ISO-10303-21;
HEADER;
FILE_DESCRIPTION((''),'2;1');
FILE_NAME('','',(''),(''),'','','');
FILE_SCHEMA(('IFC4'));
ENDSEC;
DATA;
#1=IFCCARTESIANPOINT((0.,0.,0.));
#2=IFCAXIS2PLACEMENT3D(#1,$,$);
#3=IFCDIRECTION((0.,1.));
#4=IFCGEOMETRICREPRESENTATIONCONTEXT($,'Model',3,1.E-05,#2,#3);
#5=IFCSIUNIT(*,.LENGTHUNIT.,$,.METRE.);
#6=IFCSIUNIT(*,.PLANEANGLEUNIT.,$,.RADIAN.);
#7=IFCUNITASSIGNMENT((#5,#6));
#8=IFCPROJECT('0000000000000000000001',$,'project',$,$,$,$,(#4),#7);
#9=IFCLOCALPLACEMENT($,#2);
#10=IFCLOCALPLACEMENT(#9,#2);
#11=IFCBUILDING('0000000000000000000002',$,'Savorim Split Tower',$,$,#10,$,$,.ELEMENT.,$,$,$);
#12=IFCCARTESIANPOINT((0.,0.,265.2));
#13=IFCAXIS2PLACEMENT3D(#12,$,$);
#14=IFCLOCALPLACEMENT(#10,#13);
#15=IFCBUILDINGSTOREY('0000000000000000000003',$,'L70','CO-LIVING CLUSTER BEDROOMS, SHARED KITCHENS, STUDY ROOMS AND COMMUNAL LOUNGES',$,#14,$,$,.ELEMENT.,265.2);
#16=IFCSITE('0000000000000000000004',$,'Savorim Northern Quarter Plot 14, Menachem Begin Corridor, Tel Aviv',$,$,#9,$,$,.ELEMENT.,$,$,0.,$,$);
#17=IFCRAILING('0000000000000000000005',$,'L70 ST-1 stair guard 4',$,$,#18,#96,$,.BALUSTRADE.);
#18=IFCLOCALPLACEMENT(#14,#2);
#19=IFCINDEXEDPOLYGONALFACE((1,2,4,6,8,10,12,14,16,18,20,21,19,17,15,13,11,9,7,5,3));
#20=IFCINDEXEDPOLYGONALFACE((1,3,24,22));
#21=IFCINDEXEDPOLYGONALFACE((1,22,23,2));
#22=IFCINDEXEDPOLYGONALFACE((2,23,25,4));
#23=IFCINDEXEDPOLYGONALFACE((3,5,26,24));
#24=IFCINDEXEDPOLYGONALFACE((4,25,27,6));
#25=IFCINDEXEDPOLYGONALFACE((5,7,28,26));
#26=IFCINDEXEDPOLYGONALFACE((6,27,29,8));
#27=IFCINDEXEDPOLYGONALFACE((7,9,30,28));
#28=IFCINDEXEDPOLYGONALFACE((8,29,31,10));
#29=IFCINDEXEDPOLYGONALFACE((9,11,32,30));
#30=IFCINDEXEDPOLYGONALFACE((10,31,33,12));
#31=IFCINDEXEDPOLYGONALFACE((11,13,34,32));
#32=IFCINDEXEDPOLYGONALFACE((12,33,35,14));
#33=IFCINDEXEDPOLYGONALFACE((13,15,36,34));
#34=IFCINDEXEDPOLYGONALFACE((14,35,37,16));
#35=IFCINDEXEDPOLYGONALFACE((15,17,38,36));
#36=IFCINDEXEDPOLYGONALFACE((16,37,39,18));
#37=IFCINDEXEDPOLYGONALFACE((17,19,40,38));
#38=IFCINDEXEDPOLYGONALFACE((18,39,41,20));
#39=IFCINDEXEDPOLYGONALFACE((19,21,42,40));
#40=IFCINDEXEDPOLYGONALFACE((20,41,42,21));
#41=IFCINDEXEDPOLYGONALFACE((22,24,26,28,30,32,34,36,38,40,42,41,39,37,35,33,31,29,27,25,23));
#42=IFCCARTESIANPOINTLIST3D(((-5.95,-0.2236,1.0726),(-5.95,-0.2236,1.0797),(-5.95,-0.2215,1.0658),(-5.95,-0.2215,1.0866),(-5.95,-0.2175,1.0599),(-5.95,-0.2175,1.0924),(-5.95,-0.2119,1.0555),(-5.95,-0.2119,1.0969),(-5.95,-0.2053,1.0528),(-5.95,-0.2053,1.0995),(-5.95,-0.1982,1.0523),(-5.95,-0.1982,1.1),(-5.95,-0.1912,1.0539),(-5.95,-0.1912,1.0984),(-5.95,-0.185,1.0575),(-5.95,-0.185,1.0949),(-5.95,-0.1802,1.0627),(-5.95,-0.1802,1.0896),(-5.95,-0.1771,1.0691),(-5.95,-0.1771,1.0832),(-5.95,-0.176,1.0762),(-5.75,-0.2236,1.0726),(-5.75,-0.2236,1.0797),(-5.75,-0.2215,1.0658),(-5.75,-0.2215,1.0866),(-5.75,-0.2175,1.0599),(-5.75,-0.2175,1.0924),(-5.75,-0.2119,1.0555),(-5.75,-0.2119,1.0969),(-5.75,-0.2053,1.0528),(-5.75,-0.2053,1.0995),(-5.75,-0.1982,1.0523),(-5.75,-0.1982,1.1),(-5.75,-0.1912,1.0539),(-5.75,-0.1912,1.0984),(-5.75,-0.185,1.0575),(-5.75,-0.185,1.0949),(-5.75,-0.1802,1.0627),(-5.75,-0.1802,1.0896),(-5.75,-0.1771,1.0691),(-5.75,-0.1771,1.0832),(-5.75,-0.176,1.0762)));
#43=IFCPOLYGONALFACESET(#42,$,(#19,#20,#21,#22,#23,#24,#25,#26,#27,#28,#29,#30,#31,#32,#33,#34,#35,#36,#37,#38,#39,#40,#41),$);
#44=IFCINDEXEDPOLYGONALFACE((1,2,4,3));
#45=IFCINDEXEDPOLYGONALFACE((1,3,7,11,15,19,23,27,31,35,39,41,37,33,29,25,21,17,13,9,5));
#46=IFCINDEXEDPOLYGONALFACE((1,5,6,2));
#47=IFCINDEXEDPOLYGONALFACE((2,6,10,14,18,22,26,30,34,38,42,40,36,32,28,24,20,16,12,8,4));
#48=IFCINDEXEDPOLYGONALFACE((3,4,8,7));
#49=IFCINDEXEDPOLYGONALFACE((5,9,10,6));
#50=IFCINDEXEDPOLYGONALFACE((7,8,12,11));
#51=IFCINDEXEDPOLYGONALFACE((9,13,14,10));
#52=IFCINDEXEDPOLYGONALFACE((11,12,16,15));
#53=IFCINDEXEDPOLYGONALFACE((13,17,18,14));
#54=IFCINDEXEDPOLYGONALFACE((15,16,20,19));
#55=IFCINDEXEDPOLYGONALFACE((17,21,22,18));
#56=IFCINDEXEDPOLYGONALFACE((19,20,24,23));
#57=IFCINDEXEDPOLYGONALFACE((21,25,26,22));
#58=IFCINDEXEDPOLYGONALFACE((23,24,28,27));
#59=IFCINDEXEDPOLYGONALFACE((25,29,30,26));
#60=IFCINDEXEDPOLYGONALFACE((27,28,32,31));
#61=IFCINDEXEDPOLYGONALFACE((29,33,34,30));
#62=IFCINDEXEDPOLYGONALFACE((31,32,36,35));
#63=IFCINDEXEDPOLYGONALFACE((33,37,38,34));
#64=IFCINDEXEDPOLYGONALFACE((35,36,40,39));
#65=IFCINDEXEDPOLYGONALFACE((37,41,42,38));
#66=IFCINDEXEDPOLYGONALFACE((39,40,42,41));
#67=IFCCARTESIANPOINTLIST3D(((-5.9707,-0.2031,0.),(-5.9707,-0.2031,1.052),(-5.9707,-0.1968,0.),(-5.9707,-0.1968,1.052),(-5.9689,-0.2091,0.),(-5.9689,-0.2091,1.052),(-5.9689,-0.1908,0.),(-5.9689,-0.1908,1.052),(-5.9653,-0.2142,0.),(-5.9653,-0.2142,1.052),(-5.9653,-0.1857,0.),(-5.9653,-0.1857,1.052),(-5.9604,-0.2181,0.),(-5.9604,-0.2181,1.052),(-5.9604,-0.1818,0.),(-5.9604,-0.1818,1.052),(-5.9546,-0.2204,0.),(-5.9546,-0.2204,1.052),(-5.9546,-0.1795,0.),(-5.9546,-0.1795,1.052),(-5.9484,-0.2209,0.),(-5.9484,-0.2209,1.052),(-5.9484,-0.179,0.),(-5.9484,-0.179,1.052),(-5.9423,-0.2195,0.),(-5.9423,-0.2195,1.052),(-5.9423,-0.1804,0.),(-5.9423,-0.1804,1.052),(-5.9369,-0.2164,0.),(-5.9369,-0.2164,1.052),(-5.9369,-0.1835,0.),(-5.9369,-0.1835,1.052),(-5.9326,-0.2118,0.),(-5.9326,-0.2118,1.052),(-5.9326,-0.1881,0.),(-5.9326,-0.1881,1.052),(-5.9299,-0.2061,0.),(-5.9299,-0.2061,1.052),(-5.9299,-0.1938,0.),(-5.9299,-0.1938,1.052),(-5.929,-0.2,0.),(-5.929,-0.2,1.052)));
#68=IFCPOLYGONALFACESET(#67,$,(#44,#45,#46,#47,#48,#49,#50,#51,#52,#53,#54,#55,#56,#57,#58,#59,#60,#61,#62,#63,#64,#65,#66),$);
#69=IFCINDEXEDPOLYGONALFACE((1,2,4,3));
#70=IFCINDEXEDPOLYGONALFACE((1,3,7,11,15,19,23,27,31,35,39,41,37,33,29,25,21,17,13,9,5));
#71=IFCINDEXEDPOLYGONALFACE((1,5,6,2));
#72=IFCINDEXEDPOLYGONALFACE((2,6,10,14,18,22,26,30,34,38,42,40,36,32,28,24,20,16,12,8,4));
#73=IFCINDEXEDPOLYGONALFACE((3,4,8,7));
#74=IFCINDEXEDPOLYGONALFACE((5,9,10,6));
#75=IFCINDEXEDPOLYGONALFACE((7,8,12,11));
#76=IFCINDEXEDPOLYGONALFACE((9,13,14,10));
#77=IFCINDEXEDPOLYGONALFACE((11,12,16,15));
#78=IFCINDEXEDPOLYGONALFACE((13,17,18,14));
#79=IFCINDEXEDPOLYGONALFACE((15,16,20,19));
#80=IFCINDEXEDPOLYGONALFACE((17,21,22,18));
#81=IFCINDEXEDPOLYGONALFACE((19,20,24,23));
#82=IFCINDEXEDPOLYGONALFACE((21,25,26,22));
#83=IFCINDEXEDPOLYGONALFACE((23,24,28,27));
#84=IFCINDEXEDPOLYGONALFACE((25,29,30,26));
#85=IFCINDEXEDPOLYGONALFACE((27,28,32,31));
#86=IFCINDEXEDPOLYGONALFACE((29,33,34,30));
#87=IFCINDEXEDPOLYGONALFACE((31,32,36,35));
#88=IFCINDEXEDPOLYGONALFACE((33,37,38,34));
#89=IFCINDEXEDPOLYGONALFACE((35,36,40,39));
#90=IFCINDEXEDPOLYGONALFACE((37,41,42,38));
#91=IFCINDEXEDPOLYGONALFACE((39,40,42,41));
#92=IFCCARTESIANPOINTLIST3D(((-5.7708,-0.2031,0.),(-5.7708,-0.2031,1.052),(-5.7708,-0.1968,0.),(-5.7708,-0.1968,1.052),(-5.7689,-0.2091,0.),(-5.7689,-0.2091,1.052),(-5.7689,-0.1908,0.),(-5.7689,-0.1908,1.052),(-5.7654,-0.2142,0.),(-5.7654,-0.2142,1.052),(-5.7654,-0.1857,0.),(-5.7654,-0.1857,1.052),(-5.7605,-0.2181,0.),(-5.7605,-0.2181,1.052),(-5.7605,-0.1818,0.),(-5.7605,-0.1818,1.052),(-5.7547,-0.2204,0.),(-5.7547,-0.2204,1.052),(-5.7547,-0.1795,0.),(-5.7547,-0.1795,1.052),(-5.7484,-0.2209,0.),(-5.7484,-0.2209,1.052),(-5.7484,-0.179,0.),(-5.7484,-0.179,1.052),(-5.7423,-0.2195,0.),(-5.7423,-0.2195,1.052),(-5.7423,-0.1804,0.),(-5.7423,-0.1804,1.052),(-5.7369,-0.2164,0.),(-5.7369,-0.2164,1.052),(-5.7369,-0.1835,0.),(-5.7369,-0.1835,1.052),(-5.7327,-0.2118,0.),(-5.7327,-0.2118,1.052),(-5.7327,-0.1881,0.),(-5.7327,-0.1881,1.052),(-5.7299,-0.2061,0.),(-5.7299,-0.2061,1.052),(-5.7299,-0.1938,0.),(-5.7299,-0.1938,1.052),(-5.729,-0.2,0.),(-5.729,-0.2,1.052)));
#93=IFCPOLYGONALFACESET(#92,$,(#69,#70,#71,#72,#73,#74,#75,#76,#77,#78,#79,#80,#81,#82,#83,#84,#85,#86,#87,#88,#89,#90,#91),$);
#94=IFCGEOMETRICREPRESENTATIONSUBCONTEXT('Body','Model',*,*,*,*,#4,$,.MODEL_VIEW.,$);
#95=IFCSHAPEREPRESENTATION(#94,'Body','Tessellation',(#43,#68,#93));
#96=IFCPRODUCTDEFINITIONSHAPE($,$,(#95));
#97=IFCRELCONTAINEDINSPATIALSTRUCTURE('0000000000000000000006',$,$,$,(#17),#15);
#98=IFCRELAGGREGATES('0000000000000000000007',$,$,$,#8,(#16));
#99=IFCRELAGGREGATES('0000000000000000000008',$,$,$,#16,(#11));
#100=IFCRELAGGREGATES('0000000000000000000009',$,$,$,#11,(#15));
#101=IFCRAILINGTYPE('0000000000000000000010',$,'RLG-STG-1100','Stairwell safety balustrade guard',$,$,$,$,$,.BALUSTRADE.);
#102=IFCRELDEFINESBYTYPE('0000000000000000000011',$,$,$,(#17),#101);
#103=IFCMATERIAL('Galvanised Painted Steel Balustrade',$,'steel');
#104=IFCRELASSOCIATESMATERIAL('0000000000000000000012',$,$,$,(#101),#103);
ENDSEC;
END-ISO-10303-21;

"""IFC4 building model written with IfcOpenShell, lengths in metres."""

from ifc_helpers import new_model, si_unit, direction, frame, origin, origin_2d, place, context, subcontext, project, spatial, circle, extrude, material, type_object, element, save


model = new_model("IFC4")

# Units and contexts
model_context = context("Model", 3, precision=1e-05, world=origin(), true_north=direction((0.0, 1.0)))
body_context = subcontext(model_context, "Body", "Model", "MODEL_VIEW")
ifc_project = project(units=[si_unit("LENGTHUNIT", "METRE"), si_unit("PLANEANGLEUNIT", "RADIAN")], contexts=[model_context])

# Site, building, storey
site_placement = place(None, origin())
site = spatial("IfcSite", under=ifc_project, at=site_placement, Name="Savorim Northern Quarter Plot 14, Menachem Begin Corridor, Tel Aviv", CompositionType="ELEMENT", RefElevation=0.0)
building_placement = place(site_placement, origin())
building = spatial("IfcBuilding", under=site, at=building_placement, Name="Savorim Split Tower", CompositionType="ELEMENT")
storey_placement = place(building_placement, frame((0.0, 0.0, 265.2)))
storey = spatial("IfcBuildingStorey", under=building, at=storey_placement, Name="L70", Description="CO-LIVING CLUSTER BEDROOMS, SHARED KITCHENS, STUDY ROOMS AND COMMUNAL LOUNGES", CompositionType="ELEMENT", Elevation=265.2)

# Railing
ifc_material_1 = material(Name="Galvanised Painted Steel Balustrade", Category="steel")
railing_type_1 = type_object("IfcRailingType", Name="RLG-STG-1100", Description="Stairwell safety balustrade guard", PredefinedType="BALUSTRADE", material=ifc_material_1)
railing_1_placement = place(storey_placement, frame((-5.95, -0.2, 0.0)))
element("IfcRailing", 1, at=railing_1_placement, inside=storey, type_object=railing_type_1, Name="L70 ST-1 stair guard 4", PredefinedType="BALUSTRADE", context=body_context, shape_type="SweptSolid", body=[
    extrude(circle(Radius=0.0239, at=origin_2d()), frame((0.0, 0.0, 1.0762), z_axis=(1.0, 0.0, 0.0), x_axis=(0.0, 1.0, 0.0)), (0.0, 0.0, 1.0), 0.2),
    extrude(circle(Radius=0.021, at=origin_2d()), origin(), (0.0, 0.0, 1.0), 1.052),
    extrude(circle(Radius=0.021, at=origin_2d()), frame((0.2, 0.0, 0.0)), (0.0, 0.0, 1.0), 1.052),
])

save(model, "model.ifc")
